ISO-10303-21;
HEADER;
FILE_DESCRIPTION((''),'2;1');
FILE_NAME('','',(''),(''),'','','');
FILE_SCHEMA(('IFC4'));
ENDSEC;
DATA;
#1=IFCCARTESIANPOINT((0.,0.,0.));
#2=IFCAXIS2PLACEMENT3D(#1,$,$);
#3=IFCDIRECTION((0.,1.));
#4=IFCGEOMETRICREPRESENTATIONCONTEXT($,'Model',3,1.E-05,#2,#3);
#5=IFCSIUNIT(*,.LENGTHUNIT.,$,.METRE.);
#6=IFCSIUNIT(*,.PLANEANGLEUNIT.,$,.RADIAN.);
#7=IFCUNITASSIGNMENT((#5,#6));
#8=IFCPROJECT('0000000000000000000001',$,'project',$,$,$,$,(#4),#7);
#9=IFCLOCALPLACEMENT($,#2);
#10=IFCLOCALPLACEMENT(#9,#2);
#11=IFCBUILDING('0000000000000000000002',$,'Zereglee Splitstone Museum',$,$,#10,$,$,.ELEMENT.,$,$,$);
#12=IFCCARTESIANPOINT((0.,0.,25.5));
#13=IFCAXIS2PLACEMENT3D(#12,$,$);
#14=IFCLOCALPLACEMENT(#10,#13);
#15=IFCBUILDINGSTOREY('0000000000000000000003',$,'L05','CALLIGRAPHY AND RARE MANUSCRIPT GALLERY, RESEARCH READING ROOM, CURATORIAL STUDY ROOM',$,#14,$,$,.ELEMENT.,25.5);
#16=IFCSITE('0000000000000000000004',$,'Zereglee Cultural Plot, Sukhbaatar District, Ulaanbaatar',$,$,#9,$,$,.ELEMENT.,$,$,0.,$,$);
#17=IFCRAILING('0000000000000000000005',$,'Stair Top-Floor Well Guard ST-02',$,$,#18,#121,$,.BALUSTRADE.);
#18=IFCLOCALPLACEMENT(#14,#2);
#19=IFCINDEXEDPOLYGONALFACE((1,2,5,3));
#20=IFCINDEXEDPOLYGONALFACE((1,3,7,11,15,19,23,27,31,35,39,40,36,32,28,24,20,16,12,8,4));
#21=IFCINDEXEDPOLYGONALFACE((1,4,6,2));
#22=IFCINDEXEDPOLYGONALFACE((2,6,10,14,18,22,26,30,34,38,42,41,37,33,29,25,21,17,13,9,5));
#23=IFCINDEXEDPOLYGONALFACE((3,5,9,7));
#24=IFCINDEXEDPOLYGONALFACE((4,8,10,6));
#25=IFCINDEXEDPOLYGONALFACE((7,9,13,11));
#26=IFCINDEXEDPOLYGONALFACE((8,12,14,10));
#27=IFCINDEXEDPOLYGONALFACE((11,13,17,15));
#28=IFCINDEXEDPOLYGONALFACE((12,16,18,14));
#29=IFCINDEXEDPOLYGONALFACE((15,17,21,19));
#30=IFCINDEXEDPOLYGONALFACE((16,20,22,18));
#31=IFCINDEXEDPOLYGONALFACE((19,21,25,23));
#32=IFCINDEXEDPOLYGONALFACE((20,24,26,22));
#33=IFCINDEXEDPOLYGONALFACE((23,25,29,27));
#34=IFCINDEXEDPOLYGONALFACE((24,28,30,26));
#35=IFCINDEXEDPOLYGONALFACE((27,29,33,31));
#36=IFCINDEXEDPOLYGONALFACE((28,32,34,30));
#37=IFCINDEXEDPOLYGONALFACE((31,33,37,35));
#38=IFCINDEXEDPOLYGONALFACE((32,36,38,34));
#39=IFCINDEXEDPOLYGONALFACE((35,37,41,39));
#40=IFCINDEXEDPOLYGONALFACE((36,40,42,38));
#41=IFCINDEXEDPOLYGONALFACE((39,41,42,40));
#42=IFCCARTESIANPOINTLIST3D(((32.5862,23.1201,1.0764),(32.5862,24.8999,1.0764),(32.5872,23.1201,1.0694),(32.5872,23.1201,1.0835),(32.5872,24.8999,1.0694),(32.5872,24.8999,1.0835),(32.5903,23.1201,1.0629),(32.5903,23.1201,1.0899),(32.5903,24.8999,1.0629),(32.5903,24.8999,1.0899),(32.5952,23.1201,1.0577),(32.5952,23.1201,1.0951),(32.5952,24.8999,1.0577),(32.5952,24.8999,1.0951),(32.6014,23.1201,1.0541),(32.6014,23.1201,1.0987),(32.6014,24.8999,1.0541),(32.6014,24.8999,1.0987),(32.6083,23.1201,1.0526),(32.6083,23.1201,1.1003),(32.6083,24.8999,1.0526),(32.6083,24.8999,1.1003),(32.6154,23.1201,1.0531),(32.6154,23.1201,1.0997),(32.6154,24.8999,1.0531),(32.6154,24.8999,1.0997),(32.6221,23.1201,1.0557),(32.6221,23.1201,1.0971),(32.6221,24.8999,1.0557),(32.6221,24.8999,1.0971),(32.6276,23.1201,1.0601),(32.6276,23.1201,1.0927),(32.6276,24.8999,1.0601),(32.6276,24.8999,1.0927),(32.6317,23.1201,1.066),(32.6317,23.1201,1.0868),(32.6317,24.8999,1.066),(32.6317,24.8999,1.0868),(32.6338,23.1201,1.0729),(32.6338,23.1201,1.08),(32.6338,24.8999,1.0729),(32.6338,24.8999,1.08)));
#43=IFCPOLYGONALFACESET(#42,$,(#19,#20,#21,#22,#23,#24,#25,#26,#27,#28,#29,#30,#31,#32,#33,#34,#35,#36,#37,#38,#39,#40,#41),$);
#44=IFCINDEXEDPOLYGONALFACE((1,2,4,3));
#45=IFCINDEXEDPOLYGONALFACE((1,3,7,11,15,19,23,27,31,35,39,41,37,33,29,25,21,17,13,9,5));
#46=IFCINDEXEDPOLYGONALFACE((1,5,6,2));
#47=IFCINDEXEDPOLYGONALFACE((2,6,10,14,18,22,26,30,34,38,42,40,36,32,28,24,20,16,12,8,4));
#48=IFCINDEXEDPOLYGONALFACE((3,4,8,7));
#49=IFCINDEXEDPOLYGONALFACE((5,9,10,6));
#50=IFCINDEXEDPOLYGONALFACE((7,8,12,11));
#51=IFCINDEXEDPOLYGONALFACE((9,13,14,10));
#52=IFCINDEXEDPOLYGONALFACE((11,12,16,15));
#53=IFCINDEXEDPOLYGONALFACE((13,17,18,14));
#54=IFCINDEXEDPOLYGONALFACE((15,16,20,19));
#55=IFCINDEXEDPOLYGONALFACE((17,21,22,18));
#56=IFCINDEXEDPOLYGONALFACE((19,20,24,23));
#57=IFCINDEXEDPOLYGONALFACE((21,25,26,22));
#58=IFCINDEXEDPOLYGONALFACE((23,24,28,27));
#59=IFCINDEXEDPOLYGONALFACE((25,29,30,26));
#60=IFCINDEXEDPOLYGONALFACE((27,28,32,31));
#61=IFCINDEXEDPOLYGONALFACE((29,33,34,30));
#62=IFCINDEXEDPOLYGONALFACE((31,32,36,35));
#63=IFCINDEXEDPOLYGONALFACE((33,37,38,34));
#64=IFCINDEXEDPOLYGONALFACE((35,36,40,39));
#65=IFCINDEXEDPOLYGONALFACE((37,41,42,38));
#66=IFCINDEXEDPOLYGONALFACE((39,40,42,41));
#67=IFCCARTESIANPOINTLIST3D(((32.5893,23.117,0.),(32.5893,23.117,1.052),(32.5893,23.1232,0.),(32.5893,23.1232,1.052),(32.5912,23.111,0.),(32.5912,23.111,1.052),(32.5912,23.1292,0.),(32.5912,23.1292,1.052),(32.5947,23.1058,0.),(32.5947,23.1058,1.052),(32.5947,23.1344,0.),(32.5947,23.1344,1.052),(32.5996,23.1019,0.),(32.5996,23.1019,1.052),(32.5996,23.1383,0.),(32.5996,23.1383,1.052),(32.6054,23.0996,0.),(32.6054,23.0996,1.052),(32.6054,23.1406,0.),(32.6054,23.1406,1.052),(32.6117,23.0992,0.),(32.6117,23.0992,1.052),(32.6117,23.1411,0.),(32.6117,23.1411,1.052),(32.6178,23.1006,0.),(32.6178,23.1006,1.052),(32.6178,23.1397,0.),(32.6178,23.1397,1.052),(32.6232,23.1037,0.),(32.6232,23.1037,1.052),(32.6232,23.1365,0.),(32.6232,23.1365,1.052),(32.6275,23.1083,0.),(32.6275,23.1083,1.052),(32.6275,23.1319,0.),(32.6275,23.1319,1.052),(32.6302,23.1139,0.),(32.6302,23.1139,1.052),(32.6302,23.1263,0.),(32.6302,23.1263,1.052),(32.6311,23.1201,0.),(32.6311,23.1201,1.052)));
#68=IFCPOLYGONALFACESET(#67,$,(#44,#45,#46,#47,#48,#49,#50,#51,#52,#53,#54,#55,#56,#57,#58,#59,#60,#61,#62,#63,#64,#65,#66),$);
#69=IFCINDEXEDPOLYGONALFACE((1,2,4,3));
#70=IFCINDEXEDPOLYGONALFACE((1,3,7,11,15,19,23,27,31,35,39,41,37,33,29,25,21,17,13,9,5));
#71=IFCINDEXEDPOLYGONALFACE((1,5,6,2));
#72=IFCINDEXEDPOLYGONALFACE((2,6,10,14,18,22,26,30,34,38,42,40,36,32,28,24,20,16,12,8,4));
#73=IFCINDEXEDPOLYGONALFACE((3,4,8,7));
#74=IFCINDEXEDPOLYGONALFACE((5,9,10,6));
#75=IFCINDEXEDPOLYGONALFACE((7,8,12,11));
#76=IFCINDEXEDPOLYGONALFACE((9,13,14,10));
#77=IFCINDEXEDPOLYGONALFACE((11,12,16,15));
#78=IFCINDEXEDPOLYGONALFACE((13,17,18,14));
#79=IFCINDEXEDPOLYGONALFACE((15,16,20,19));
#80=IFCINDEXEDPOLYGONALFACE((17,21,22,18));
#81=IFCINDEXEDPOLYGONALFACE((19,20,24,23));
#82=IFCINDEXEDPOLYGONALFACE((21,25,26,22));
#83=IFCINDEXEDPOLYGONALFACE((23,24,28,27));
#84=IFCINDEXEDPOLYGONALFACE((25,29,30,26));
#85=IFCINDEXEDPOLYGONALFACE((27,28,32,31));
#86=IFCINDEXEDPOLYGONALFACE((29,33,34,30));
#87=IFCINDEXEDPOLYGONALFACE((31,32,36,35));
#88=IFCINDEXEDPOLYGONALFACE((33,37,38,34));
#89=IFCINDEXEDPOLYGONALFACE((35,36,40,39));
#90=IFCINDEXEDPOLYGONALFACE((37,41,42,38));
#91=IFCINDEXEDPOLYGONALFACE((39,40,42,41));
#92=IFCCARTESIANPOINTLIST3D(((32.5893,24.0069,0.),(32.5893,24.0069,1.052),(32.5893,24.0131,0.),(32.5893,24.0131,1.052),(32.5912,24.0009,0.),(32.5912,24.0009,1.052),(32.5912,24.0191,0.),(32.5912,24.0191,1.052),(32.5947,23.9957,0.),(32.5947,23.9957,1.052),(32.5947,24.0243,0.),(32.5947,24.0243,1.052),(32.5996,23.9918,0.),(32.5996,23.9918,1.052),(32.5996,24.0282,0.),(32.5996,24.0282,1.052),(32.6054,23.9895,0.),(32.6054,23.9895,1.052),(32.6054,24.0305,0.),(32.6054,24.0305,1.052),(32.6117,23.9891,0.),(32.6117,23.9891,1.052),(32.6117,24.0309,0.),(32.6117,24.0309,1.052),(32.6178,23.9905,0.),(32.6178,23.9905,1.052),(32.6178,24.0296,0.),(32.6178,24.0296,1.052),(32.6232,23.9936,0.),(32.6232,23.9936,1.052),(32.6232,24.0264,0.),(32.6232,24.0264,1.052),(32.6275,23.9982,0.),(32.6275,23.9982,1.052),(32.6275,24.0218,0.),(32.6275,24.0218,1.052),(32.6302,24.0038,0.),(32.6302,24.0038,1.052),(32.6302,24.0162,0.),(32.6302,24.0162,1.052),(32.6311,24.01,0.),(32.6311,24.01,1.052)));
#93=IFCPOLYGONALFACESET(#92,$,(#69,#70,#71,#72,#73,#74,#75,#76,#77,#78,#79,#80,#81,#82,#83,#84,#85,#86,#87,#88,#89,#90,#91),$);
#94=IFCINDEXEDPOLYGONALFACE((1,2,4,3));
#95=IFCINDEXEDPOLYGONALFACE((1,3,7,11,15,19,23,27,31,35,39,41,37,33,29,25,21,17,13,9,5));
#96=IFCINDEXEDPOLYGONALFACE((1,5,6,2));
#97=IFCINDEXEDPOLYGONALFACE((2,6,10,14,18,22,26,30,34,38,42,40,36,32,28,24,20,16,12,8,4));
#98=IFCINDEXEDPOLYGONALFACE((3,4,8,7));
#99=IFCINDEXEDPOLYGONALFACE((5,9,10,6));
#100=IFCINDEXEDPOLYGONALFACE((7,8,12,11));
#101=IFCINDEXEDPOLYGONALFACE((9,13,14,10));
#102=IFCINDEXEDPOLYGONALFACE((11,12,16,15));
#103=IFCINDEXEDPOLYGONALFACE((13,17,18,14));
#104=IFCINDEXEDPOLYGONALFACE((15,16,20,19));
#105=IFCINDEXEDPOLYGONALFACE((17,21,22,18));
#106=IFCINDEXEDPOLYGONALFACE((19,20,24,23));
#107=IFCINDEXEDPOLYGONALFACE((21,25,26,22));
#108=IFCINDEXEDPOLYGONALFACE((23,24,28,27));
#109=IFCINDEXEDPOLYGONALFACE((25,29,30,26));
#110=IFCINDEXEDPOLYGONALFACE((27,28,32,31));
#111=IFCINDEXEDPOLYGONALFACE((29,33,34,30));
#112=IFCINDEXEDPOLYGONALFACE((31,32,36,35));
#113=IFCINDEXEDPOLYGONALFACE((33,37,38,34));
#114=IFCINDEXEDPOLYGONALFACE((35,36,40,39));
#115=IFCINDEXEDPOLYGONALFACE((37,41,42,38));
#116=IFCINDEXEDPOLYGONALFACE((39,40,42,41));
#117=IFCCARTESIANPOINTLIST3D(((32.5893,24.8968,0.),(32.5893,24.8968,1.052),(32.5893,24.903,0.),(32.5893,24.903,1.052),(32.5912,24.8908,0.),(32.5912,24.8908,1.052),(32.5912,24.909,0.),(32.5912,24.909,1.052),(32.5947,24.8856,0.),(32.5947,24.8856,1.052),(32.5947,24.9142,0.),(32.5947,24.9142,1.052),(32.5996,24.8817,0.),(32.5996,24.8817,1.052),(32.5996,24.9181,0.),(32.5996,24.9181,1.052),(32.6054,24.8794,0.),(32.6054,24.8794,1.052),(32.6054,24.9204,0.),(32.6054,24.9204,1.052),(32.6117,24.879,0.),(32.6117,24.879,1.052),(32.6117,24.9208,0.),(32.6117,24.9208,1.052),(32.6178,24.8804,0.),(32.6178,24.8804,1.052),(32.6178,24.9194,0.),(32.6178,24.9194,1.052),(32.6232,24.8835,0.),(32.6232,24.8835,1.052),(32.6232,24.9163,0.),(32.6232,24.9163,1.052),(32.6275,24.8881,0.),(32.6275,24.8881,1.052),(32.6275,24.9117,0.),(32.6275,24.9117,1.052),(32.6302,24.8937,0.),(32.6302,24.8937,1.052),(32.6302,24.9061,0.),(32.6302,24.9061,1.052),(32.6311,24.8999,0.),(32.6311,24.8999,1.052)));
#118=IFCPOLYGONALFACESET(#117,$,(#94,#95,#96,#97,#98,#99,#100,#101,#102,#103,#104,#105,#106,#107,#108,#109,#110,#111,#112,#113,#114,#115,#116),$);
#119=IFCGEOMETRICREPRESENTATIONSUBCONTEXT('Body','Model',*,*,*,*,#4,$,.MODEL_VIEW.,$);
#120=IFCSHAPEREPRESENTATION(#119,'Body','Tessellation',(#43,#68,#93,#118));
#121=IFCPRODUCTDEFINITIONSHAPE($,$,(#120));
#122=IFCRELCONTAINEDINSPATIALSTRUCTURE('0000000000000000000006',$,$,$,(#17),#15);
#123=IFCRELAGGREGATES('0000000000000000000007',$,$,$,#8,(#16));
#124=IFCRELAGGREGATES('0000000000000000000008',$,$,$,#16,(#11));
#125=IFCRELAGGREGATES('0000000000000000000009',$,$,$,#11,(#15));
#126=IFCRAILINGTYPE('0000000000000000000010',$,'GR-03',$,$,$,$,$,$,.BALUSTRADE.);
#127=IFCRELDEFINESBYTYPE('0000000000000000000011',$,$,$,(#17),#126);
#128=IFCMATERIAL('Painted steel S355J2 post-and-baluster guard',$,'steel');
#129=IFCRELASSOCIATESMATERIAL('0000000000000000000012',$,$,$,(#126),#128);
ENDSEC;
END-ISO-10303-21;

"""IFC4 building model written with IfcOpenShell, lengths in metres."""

from ifc_helpers import new_model, si_unit, direction, frame, origin, origin_2d, place, context, subcontext, project, spatial, circle, extrude, material, type_object, element, save


model = new_model("IFC4")

# Units and contexts
model_context = context("Model", 3, precision=1e-05, world=origin(), true_north=direction((0.0, 1.0)))
body_context = subcontext(model_context, "Body", "Model", "MODEL_VIEW")
ifc_project = project(units=[si_unit("LENGTHUNIT", "METRE"), si_unit("PLANEANGLEUNIT", "RADIAN")], contexts=[model_context])

# Site, building, storey
site_placement = place(None, origin())
site = spatial("IfcSite", under=ifc_project, at=site_placement, Name="Zereglee Cultural Plot, Sukhbaatar District, Ulaanbaatar", CompositionType="ELEMENT", RefElevation=0.0)
building_placement = place(site_placement, origin())
building = spatial("IfcBuilding", under=site, at=building_placement, Name="Zereglee Splitstone Museum", CompositionType="ELEMENT")
storey_placement = place(building_placement, frame((0.0, 0.0, 25.5)))
storey = spatial("IfcBuildingStorey", under=building, at=storey_placement, Name="L05", Description="CALLIGRAPHY AND RARE MANUSCRIPT GALLERY, RESEARCH READING ROOM, CURATORIAL STUDY ROOM", CompositionType="ELEMENT", Elevation=25.5)

# Railing
ifc_material_1 = material(Name="Painted steel S355J2 post-and-baluster guard", Category="steel")
railing_type = type_object("IfcRailingType", Name="GR-03", PredefinedType="BALUSTRADE", material=ifc_material_1)
railing_1_placement = place(storey_placement, frame((32.6101, 23.1201, 0.0)))
element("IfcRailing", 1, at=railing_1_placement, inside=storey, type_object=railing_type, Name="Stair Top-Floor Well Guard ST-02", PredefinedType="BALUSTRADE", context=body_context, shape_type="SweptSolid", body=[
    extrude(circle(Radius=0.0239, at=origin_2d()), frame((0.0, 0.0, 1.0764), z_axis=(0.0, 1.0, 0.0), x_axis=(-1.0, 0.0, 0.0)), (0.0, 0.0, 1.0), 1.7798),
    extrude(circle(Radius=0.021, at=origin_2d()), origin(), (0.0, 0.0, 1.0), 1.052),
    extrude(circle(Radius=0.021, at=origin_2d()), frame((0.0, 0.8899, 0.0)), (0.0, 0.0, 1.0), 1.052),
    extrude(circle(Radius=0.021, at=origin_2d()), frame((0.0, 1.7798, 0.0)), (0.0, 0.0, 1.0), 1.052),
])

save(model, "model.ifc")
